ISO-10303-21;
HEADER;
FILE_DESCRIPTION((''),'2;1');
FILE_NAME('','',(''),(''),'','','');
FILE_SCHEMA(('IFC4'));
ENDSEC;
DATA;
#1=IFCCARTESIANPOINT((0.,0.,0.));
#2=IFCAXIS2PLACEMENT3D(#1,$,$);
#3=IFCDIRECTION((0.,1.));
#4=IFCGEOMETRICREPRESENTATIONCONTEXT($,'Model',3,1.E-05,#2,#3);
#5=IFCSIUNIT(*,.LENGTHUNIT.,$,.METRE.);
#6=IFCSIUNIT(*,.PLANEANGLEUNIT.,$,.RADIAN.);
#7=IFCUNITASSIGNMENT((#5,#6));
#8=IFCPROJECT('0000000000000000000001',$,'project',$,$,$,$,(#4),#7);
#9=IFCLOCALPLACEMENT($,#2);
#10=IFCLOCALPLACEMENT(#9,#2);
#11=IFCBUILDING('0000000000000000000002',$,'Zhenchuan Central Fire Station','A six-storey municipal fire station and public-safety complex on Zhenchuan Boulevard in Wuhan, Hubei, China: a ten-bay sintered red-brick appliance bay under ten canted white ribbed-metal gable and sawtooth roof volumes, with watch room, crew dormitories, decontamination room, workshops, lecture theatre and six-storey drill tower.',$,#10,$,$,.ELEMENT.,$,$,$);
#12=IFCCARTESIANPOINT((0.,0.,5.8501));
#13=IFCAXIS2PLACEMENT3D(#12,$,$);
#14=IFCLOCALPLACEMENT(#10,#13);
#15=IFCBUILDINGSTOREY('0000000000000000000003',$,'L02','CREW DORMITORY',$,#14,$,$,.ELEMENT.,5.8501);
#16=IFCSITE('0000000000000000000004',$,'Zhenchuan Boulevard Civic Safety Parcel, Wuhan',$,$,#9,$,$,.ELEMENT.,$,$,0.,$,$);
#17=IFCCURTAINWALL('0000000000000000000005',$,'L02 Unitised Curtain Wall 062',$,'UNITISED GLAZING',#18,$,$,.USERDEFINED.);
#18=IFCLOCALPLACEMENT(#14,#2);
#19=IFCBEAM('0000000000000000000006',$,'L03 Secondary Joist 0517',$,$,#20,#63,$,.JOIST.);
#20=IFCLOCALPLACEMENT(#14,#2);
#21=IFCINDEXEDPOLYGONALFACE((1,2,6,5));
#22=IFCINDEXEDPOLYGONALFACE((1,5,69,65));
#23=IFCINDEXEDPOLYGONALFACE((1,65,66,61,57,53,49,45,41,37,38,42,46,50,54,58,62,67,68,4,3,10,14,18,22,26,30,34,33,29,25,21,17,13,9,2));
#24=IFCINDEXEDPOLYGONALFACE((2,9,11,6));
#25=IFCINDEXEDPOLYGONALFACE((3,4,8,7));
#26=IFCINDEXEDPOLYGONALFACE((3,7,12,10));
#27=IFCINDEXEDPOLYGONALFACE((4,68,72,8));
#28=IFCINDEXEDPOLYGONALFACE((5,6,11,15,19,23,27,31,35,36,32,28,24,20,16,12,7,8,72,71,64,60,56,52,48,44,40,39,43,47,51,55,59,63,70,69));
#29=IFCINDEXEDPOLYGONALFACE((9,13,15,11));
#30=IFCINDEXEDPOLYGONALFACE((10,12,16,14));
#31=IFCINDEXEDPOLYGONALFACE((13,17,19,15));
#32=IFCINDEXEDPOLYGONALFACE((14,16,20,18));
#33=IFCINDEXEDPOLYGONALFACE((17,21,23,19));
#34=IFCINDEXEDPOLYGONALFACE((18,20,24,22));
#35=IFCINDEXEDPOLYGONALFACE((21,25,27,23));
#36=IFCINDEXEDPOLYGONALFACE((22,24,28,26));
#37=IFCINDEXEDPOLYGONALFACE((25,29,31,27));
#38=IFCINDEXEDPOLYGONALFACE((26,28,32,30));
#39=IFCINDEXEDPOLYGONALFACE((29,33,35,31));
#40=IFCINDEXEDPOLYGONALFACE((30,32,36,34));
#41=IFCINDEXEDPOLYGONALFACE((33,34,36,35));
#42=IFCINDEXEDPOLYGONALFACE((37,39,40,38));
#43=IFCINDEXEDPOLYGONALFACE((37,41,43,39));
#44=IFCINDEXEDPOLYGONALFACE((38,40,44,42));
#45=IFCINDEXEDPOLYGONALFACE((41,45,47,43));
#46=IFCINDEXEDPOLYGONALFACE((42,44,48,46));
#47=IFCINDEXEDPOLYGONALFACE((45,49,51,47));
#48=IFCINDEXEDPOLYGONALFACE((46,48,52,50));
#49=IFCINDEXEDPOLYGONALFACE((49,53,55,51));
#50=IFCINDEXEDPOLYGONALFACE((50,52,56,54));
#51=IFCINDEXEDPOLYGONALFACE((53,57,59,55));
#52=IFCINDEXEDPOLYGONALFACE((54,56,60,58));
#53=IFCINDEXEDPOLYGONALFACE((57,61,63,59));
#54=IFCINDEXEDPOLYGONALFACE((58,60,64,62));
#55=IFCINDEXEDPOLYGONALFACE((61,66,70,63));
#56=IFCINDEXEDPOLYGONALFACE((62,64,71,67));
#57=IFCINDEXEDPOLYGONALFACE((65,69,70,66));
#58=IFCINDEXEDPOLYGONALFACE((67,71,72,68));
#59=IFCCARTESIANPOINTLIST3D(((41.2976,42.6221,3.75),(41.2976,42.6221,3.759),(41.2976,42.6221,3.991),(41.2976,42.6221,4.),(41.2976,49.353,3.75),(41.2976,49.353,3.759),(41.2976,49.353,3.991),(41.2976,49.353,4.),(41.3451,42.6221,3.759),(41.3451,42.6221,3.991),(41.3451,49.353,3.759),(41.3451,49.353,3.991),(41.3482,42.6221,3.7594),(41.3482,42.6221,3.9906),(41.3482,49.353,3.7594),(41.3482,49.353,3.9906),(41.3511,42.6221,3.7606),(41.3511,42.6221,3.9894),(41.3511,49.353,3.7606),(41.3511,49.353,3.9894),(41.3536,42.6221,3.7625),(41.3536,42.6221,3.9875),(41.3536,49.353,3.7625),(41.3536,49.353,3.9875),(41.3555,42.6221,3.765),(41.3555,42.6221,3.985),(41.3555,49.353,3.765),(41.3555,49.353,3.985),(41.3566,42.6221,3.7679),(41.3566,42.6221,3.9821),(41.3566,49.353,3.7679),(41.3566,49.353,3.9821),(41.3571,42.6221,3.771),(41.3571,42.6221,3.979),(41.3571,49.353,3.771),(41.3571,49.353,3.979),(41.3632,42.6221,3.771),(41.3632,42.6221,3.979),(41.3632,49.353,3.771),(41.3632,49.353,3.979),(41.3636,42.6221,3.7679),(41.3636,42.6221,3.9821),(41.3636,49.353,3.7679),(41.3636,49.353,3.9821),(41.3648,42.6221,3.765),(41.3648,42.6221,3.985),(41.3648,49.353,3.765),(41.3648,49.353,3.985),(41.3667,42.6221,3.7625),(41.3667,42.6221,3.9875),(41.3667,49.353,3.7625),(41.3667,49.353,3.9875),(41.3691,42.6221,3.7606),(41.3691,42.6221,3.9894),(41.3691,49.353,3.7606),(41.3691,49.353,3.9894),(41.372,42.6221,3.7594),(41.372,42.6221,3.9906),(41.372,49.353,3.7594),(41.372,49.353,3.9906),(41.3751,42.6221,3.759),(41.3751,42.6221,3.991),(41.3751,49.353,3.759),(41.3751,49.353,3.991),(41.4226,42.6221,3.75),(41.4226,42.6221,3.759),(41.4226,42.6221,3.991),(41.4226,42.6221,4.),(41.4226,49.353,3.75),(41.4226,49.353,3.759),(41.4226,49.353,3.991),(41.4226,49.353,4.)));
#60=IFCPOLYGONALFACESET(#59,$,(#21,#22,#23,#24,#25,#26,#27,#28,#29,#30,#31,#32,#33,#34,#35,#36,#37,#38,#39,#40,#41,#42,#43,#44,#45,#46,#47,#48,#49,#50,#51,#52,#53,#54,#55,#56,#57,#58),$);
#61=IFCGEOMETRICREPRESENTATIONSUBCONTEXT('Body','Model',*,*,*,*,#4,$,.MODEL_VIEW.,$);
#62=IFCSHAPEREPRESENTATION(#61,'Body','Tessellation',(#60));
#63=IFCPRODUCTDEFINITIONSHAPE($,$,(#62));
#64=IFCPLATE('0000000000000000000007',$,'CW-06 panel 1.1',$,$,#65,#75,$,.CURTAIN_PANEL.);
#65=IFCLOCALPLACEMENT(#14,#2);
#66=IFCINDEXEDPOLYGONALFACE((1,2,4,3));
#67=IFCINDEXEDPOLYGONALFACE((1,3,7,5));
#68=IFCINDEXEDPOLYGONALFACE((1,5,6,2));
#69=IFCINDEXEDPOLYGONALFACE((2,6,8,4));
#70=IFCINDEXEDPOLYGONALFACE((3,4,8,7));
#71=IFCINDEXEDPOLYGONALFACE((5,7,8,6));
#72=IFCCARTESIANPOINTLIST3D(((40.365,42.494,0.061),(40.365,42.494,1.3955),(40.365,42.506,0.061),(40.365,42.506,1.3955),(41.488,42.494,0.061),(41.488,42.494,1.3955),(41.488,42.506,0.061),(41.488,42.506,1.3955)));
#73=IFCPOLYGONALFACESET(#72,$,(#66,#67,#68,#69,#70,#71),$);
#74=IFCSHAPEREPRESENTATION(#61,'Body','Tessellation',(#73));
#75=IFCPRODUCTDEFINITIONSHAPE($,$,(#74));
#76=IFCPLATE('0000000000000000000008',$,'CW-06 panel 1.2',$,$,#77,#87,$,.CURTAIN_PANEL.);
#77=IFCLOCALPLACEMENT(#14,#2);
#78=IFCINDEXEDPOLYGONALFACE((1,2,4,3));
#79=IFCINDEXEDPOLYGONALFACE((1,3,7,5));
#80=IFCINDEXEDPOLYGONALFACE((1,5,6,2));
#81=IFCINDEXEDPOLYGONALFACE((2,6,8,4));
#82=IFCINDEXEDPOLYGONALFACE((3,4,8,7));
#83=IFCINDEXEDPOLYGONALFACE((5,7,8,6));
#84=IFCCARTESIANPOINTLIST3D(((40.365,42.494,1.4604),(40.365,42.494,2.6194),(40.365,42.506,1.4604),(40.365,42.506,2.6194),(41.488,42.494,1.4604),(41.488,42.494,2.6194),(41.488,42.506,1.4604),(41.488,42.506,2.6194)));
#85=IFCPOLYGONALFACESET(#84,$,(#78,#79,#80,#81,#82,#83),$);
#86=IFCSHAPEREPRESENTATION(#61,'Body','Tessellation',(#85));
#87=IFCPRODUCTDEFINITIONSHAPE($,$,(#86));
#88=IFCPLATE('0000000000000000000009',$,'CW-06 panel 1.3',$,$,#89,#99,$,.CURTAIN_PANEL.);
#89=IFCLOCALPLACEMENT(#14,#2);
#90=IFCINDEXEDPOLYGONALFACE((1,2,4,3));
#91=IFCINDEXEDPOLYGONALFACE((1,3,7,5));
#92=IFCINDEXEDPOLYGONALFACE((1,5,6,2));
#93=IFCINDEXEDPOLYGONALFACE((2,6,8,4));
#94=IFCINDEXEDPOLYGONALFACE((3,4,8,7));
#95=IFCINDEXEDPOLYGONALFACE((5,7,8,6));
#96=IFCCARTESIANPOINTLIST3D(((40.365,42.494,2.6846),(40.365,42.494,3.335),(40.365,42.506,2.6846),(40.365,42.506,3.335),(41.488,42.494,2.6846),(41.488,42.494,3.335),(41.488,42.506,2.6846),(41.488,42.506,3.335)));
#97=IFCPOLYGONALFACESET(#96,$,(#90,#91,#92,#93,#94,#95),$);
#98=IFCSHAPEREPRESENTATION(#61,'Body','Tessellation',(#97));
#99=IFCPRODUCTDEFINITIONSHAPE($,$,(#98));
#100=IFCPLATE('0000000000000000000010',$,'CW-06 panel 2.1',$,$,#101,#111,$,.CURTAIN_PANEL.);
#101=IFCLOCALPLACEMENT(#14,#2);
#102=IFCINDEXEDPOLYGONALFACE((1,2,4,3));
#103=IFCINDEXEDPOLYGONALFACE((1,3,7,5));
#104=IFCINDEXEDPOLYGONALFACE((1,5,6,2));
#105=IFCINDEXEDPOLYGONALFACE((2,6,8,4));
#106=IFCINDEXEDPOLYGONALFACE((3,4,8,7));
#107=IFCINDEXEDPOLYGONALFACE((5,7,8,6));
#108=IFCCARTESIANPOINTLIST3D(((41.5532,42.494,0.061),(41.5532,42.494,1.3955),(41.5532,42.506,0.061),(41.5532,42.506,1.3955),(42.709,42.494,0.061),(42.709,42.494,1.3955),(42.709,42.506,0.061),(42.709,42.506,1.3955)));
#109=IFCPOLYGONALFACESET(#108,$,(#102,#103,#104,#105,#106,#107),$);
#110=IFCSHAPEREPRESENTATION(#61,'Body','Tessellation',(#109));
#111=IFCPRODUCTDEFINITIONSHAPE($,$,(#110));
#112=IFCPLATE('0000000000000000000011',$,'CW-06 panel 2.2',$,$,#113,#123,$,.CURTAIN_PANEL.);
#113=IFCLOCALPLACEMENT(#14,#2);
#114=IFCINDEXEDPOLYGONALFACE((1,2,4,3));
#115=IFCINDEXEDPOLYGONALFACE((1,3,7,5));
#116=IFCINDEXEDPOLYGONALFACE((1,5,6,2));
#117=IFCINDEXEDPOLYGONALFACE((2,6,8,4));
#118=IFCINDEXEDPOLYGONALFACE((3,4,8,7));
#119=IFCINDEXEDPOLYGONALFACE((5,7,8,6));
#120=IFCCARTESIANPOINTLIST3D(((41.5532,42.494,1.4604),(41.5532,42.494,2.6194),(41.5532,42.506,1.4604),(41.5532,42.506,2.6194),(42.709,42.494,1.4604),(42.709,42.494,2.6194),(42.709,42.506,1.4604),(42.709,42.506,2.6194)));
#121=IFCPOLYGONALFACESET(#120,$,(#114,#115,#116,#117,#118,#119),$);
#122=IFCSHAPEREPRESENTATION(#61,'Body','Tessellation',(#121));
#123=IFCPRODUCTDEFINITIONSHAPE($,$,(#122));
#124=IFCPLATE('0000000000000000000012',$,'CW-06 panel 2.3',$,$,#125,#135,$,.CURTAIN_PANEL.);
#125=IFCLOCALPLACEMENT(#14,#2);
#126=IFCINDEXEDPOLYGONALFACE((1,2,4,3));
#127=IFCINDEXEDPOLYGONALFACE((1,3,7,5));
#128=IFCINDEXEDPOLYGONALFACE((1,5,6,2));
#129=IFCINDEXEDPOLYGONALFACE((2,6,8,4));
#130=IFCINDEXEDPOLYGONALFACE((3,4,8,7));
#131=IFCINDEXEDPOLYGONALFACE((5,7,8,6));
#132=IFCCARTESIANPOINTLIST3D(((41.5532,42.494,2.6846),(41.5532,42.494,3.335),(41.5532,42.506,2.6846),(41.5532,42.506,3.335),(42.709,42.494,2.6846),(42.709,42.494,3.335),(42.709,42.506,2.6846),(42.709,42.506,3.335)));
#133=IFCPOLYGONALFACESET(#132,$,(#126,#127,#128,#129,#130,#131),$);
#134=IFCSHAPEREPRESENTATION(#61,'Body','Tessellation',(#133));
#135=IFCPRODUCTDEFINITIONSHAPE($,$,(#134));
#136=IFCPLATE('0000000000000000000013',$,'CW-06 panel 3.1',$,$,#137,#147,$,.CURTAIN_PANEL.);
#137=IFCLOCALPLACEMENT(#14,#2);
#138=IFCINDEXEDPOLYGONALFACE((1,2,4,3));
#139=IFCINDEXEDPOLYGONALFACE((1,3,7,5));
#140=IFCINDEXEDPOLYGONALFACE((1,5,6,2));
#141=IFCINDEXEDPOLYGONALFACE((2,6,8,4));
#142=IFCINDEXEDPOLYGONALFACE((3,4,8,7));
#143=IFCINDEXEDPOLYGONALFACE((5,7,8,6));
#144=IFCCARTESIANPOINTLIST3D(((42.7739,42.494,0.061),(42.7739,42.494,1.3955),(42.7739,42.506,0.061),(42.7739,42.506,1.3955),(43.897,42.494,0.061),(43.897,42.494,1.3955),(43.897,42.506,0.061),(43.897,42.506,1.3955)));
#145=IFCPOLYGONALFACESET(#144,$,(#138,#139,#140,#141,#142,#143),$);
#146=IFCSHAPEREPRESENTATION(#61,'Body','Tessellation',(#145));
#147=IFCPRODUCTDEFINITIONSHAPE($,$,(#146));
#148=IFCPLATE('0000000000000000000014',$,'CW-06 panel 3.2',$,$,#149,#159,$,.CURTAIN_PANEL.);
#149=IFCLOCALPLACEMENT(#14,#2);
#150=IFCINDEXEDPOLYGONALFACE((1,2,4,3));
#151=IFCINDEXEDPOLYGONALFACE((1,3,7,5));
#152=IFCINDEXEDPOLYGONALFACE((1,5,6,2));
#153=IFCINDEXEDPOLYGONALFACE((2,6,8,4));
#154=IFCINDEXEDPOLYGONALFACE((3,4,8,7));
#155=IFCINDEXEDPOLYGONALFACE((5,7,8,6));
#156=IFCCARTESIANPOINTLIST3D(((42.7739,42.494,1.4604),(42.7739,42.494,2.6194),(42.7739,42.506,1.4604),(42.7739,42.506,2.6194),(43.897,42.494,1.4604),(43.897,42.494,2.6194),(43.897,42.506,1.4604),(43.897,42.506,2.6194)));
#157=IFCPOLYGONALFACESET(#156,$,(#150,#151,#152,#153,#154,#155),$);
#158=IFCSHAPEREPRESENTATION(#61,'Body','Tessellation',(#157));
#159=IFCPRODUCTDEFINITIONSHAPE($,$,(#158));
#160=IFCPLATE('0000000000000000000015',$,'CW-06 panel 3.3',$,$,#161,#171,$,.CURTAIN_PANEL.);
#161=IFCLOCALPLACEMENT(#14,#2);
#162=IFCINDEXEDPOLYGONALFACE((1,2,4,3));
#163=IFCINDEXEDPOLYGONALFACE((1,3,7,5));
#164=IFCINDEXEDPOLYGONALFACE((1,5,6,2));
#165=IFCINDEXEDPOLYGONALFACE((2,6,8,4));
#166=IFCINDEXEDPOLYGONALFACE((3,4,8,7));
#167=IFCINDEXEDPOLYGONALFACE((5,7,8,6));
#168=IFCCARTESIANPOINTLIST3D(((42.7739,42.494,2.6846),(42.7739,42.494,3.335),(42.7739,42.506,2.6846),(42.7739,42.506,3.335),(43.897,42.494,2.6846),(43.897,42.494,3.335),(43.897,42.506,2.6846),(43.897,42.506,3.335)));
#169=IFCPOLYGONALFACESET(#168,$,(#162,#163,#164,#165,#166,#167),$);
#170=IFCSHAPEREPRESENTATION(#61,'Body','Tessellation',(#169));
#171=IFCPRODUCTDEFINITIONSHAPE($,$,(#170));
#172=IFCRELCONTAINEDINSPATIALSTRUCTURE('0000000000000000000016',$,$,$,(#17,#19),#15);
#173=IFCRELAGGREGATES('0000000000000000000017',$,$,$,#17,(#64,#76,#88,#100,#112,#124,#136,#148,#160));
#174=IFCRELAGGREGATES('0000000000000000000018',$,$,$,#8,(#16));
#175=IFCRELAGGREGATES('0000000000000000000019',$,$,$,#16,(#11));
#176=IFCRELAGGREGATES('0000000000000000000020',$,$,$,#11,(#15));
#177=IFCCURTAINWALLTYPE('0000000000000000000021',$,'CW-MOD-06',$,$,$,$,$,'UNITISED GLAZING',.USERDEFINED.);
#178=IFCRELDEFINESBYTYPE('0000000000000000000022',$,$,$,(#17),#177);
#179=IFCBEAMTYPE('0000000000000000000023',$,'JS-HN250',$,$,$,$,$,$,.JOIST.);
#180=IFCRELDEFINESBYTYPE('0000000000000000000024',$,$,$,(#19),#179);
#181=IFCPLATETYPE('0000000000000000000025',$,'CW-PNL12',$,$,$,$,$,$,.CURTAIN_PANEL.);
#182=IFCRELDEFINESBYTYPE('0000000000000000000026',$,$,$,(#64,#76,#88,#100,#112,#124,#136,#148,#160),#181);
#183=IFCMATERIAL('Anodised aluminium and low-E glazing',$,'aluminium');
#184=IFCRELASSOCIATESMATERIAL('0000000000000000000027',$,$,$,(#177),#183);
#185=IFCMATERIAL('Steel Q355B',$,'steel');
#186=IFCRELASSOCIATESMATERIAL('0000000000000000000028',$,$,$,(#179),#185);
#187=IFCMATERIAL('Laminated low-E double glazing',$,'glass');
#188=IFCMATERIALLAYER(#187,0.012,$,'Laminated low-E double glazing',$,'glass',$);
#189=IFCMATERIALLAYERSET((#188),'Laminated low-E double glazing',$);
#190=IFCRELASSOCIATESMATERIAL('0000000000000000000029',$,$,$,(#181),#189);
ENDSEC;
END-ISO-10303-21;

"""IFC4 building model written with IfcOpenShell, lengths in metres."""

from ifc_helpers import new_model, si_unit, direction, frame, origin, origin_2d, place, context, subcontext, project, spatial, rectangle, i_section, extrude, material, layer, layer_set, material_profile, profile_set, type_object, element, aggregate, save


model = new_model("IFC4")

# Units and contexts
model_context = context("Model", 3, precision=1e-05, world=origin(), true_north=direction((0.0, 1.0)))
body_context = subcontext(model_context, "Body", "Model", "MODEL_VIEW")
ifc_project = project(units=[si_unit("LENGTHUNIT", "METRE"), si_unit("PLANEANGLEUNIT", "RADIAN")], contexts=[model_context])

# Site, building, storey
site_placement = place(None, origin())
site = spatial("IfcSite", under=ifc_project, at=site_placement, Name="Zhenchuan Boulevard Civic Safety Parcel, Wuhan", CompositionType="ELEMENT", RefElevation=0.0)
building_placement = place(site_placement, origin())
building = spatial("IfcBuilding", under=site, at=building_placement, Name="Zhenchuan Central Fire Station", Description="A six-storey municipal fire station and public-safety complex on Zhenchuan Boulevard in Wuhan, Hubei, China: a ten-bay sintered red-brick appliance bay under ten canted white ribbed-metal gable and sawtooth roof volumes, with watch room, crew dormitories, decontamination room, workshops, lecture theatre and six-storey drill tower.", CompositionType="ELEMENT")
storey_placement = place(building_placement, frame((0.0, 0.0, 5.8501)))
storey = spatial("IfcBuildingStorey", under=building, at=storey_placement, Name="L02", Description="CREW DORMITORY", CompositionType="ELEMENT", Elevation=5.8501)

# Shared definitions
ifc_material_1 = material(Name="Steel Q355B", Category="steel")

# Curtain wall
ifc_material_2 = material(Name="Anodised aluminium and low-E glazing", Category="aluminium")
curtain_wall_type_1 = type_object("IfcCurtainWallType", Name="CW-MOD-06", ElementType="UNITISED GLAZING", PredefinedType="USERDEFINED", material=ifc_material_2)
curtain_wall_1_placement = place(storey_placement, origin())
curtain_wall_1 = element("IfcCurtainWall", 1, at=curtain_wall_1_placement, inside=storey, type_object=curtain_wall_type_1, Name="L02 Unitised Curtain Wall 062", ObjectType="UNITISED GLAZING", PredefinedType="USERDEFINED")

# Beam
ifc_material_profile_1 = material_profile(ifc_material_1, i_section(OverallWidth=0.125, OverallDepth=0.25, WebThickness=0.0061, FlangeThickness=0.009, FilletRadius=0.012, at=origin_2d()), Name="HN 250x125")
ifc_profile_set_1 = profile_set([ifc_material_profile_1], Name="Steel Q355B")
beam_type_1 = type_object("IfcBeamType", Name="JS-HN250", PredefinedType="JOIST", material=ifc_profile_set_1)
beam_1_placement = place(storey_placement, frame((41.3601, 42.6221, 3.875), z_axis=(0.0, 1.0, 0.0), x_axis=(-1.0, 0.0, 0.0)))
element("IfcBeam", 2, at=beam_1_placement, inside=storey, type_object=beam_type_1, Name="L03 Secondary Joist 0517", PredefinedType="JOIST", context=body_context, shape_type="SweptSolid", body=[
    extrude(i_section(OverallWidth=0.125, OverallDepth=0.25, WebThickness=0.0061, FlangeThickness=0.009, FilletRadius=0.012, at=origin_2d()), origin(), (0.0, 0.0, 1.0), 6.731),
])

# Plates
ifc_material_3 = material(Name="Laminated low-E double glazing", Category="glass")
ifc_layer = layer(ifc_material_3, 0.012, Name="Laminated low-E double glazing", Category="glass")
ifc_layer_set = layer_set([ifc_layer], Name="Laminated low-E double glazing")
plate_type = type_object("IfcPlateType", Name="CW-PNL12", PredefinedType="CURTAIN_PANEL", material=ifc_layer_set)
plate_1_placement = place(storey_placement, frame((40.9265, 42.5, 0.061), z_axis=(0.0, 0.0, 1.0), x_axis=(1.0, 0.0, 0.0)))
plate_1 = element("IfcPlate", 3, at=plate_1_placement, type_object=plate_type, Name="CW-06 panel 1.1", PredefinedType="CURTAIN_PANEL", context=body_context, shape_type="SweptSolid", body=[
    extrude(rectangle(XDim=1.123, YDim=0.012, at=origin_2d()), origin(), (0.0, 0.0, 1.0), 1.3345),
])
plate_2_placement = place(storey_placement, frame((40.9265, 42.5, 1.4604), z_axis=(0.0, 0.0, 1.0), x_axis=(1.0, 0.0, 0.0)))
plate_2 = element("IfcPlate", 4, at=plate_2_placement, type_object=plate_type, Name="CW-06 panel 1.2", PredefinedType="CURTAIN_PANEL", context=body_context, shape_type="SweptSolid", body=[
    extrude(rectangle(XDim=1.123, YDim=0.012, at=origin_2d()), origin(), (0.0, 0.0, 1.0), 1.1589),
])
plate_3_placement = place(storey_placement, frame((40.9265, 42.5, 2.6846), z_axis=(0.0, 0.0, 1.0), x_axis=(1.0, 0.0, 0.0)))
plate_3 = element("IfcPlate", 5, at=plate_3_placement, type_object=plate_type, Name="CW-06 panel 1.3", PredefinedType="CURTAIN_PANEL", context=body_context, shape_type="SweptSolid", body=[
    extrude(rectangle(XDim=1.123, YDim=0.012, at=origin_2d()), origin(), (0.0, 0.0, 1.0), 0.6504),
])
plate_4_placement = place(storey_placement, frame((42.1311, 42.5, 0.061), z_axis=(0.0, 0.0, 1.0), x_axis=(1.0, 0.0, 0.0)))
plate_4 = element("IfcPlate", 6, at=plate_4_placement, type_object=plate_type, Name="CW-06 panel 2.1", PredefinedType="CURTAIN_PANEL", context=body_context, shape_type="SweptSolid", body=[
    extrude(rectangle(XDim=1.1558, YDim=0.012, at=origin_2d()), origin(), (0.0, 0.0, 1.0), 1.3345),
])
plate_5_placement = place(storey_placement, frame((42.1311, 42.5, 1.4604), z_axis=(0.0, 0.0, 1.0), x_axis=(1.0, 0.0, 0.0)))
plate_5 = element("IfcPlate", 7, at=plate_5_placement, type_object=plate_type, Name="CW-06 panel 2.2", PredefinedType="CURTAIN_PANEL", context=body_context, shape_type="SweptSolid", body=[
    extrude(rectangle(XDim=1.1558, YDim=0.012, at=origin_2d()), origin(), (0.0, 0.0, 1.0), 1.1589),
])
plate_6_placement = place(storey_placement, frame((42.1311, 42.5, 2.6846), z_axis=(0.0, 0.0, 1.0), x_axis=(1.0, 0.0, 0.0)))
plate_6 = element("IfcPlate", 8, at=plate_6_placement, type_object=plate_type, Name="CW-06 panel 2.3", PredefinedType="CURTAIN_PANEL", context=body_context, shape_type="SweptSolid", body=[
    extrude(rectangle(XDim=1.1558, YDim=0.012, at=origin_2d()), origin(), (0.0, 0.0, 1.0), 0.6504),
])
plate_7_placement = place(storey_placement, frame((43.3354, 42.5, 0.061), z_axis=(0.0, 0.0, 1.0), x_axis=(1.0, 0.0, 0.0)))
plate_7 = element("IfcPlate", 9, at=plate_7_placement, type_object=plate_type, Name="CW-06 panel 3.1", PredefinedType="CURTAIN_PANEL", context=body_context, shape_type="SweptSolid", body=[
    extrude(rectangle(XDim=1.123, YDim=0.012, at=origin_2d()), origin(), (0.0, 0.0, 1.0), 1.3345),
])
plate_8_placement = place(storey_placement, frame((43.3354, 42.5, 1.4604), z_axis=(0.0, 0.0, 1.0), x_axis=(1.0, 0.0, 0.0)))
plate_8 = element("IfcPlate", 10, at=plate_8_placement, type_object=plate_type, Name="CW-06 panel 3.2", PredefinedType="CURTAIN_PANEL", context=body_context, shape_type="SweptSolid", body=[
    extrude(rectangle(XDim=1.123, YDim=0.012, at=origin_2d()), origin(), (0.0, 0.0, 1.0), 1.1589),
])
plate_9_placement = place(storey_placement, frame((43.3354, 42.5, 2.6846), z_axis=(0.0, 0.0, 1.0), x_axis=(1.0, 0.0, 0.0)))
plate_9 = element("IfcPlate", 11, at=plate_9_placement, type_object=plate_type, Name="CW-06 panel 3.3", PredefinedType="CURTAIN_PANEL", context=body_context, shape_type="SweptSolid", body=[
    extrude(rectangle(XDim=1.123, YDim=0.012, at=origin_2d()), origin(), (0.0, 0.0, 1.0), 0.6504),
])
aggregate(curtain_wall_1, [plate_1, plate_2, plate_3, plate_4, plate_5, plate_6, plate_7, plate_8, plate_9])

save(model, "model.ifc")
